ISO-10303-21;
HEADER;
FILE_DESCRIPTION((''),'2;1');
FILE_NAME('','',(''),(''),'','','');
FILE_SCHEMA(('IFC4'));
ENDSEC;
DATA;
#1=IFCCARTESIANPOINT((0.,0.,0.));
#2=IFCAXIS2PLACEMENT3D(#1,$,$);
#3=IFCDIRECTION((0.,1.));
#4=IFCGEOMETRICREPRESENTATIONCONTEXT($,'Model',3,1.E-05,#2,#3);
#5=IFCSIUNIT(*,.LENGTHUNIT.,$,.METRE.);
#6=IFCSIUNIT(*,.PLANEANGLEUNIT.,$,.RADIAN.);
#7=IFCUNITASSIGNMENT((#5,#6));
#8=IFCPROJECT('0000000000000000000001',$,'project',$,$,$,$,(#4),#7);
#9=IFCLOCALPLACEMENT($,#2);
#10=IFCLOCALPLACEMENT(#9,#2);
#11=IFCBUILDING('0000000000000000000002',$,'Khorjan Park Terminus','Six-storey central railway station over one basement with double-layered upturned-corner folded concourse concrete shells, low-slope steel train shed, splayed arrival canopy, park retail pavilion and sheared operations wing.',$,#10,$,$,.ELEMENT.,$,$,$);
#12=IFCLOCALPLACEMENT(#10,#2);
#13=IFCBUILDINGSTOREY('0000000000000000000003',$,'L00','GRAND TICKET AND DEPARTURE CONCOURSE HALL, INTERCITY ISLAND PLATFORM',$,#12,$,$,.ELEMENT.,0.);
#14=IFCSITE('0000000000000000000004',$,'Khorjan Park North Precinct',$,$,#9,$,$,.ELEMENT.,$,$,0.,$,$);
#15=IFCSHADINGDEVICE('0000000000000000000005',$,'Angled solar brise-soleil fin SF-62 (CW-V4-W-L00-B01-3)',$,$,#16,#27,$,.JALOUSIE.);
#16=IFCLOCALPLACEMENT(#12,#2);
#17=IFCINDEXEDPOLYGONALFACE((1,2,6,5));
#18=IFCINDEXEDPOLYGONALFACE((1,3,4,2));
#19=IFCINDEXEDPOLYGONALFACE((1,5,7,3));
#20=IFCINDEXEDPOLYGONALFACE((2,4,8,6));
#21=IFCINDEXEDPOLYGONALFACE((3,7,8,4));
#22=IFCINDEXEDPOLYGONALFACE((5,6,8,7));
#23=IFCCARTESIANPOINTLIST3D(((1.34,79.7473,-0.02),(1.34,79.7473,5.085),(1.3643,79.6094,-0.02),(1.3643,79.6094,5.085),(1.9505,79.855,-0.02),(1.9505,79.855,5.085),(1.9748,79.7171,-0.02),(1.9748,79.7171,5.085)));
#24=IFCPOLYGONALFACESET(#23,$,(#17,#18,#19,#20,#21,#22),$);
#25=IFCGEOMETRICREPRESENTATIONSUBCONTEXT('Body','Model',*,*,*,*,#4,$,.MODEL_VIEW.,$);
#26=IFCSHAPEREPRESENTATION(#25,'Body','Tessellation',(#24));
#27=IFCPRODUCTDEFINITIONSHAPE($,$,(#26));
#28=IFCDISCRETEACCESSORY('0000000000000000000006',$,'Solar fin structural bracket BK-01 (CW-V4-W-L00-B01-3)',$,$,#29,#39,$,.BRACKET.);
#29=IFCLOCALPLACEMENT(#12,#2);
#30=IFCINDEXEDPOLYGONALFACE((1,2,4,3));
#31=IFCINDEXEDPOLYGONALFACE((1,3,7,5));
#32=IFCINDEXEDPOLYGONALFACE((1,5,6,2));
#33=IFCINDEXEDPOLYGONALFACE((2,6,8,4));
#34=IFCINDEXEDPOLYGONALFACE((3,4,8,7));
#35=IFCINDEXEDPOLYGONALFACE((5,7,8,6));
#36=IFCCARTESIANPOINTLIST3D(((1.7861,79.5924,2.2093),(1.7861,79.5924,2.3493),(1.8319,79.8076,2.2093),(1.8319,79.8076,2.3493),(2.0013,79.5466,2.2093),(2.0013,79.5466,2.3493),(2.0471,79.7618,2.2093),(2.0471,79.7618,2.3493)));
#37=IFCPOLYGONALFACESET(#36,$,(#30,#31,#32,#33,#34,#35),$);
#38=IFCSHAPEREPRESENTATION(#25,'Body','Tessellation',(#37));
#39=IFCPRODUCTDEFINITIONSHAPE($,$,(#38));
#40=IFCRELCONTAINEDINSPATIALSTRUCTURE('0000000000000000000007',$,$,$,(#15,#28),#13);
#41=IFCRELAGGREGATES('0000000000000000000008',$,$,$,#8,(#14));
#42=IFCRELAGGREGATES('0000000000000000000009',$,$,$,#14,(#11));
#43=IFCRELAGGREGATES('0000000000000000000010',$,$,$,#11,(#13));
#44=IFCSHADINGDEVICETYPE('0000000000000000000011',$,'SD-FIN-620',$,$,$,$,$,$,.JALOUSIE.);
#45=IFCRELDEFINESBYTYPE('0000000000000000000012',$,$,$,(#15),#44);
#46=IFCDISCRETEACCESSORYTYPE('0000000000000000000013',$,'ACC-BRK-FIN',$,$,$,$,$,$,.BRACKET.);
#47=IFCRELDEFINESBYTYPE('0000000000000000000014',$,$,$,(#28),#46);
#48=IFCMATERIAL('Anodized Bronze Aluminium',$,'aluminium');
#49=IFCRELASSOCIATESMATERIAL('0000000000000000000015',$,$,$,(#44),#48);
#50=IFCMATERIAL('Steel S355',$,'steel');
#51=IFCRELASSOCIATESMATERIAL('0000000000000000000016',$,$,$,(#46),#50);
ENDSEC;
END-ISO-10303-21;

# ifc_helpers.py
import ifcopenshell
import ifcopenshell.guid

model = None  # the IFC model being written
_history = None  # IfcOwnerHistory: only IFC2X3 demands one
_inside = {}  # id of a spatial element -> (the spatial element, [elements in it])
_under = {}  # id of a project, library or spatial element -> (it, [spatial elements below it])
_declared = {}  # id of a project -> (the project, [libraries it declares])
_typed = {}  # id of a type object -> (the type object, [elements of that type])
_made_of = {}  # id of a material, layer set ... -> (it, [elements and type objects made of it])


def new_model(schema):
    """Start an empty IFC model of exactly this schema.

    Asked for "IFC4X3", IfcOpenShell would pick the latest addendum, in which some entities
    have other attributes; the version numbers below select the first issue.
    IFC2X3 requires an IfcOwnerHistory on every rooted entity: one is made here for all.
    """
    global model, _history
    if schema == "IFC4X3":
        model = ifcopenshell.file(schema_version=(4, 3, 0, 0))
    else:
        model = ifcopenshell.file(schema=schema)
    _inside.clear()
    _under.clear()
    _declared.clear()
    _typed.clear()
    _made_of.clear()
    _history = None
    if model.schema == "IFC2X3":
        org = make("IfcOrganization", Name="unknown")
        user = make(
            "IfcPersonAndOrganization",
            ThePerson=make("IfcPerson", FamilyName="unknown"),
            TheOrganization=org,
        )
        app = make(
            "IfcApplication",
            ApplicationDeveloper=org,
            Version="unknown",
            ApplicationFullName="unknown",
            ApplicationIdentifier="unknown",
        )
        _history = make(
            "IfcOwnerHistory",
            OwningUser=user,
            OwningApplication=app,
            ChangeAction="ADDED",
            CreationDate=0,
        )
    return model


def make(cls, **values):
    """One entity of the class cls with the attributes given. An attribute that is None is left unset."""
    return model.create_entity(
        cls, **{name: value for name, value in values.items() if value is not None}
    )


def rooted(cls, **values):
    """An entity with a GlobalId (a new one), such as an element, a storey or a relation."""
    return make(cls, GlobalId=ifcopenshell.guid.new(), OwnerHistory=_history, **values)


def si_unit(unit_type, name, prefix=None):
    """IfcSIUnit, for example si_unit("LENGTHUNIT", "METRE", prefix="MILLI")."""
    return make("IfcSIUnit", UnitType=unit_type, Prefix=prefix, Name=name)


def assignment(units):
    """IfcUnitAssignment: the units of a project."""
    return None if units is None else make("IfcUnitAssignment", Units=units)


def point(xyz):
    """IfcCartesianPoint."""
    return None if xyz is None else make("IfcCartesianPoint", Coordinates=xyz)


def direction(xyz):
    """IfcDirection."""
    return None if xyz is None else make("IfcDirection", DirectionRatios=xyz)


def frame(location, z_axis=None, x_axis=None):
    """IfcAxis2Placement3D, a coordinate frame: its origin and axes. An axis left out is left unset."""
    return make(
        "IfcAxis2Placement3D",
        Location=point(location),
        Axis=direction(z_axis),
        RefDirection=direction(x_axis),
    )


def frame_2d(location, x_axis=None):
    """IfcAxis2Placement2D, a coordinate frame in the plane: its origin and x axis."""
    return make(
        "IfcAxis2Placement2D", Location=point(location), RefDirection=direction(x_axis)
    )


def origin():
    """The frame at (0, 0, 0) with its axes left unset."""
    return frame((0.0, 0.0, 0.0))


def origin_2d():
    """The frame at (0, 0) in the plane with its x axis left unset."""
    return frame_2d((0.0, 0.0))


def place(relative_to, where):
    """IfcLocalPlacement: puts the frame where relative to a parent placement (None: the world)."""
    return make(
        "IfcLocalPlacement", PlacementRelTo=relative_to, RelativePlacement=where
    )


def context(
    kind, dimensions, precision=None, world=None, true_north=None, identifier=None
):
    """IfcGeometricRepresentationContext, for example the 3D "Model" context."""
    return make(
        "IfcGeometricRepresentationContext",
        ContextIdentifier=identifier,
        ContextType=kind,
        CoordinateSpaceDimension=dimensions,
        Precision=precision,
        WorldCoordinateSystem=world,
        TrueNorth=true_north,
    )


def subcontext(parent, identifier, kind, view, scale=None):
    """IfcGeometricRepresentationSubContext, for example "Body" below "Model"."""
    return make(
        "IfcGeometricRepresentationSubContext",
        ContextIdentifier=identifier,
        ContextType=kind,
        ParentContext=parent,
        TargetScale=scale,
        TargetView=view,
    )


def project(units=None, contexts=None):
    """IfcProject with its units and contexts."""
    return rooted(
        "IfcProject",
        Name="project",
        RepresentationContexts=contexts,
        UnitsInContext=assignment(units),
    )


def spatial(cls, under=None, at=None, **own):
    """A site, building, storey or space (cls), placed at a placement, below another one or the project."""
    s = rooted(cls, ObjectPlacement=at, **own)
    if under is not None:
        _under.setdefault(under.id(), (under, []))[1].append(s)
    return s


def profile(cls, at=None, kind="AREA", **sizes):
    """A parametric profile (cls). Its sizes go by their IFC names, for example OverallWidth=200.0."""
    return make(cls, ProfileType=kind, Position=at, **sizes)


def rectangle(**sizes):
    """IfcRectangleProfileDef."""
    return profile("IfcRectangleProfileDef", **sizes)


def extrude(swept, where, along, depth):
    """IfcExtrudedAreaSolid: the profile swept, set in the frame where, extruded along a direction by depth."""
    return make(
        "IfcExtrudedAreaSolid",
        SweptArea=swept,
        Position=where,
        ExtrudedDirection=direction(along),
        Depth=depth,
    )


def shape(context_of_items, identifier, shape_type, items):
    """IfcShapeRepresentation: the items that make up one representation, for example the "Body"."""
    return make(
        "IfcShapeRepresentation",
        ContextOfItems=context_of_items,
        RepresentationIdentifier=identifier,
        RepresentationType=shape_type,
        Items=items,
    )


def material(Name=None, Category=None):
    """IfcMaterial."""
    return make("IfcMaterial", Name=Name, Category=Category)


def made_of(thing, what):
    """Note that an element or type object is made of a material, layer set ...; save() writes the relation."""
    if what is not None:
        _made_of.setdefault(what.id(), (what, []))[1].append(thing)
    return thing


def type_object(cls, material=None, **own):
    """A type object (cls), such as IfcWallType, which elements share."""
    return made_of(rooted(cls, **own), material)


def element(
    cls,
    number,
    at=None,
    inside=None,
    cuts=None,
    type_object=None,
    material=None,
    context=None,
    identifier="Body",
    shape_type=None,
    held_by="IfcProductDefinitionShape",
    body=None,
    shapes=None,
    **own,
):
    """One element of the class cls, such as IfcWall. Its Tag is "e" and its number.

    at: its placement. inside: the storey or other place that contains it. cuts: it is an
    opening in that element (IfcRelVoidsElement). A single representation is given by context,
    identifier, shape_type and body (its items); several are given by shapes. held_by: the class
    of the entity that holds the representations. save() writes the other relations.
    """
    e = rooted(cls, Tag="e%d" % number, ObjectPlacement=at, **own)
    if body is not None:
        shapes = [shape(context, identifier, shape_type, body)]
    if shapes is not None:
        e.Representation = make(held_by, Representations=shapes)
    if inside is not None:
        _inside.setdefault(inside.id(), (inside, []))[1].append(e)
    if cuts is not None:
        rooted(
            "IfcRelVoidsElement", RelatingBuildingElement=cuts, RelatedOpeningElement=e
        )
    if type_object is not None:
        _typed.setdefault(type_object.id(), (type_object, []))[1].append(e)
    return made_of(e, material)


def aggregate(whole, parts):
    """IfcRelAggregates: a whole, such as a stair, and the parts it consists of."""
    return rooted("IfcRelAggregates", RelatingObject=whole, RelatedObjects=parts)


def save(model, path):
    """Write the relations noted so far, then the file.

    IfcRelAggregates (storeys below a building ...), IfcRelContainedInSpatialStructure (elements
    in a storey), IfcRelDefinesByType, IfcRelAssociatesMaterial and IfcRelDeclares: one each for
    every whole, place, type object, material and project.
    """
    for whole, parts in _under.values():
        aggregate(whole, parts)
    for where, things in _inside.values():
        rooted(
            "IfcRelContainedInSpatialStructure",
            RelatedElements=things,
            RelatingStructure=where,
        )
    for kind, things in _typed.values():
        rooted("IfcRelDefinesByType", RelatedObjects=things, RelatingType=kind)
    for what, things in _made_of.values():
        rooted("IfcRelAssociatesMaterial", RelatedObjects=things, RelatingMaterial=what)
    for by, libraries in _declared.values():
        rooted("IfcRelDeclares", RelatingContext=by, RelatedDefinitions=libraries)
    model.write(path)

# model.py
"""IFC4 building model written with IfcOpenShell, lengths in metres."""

from ifc_helpers import new_model, si_unit, direction, frame, origin, origin_2d, place, context, subcontext, project, spatial, rectangle, extrude, material, type_object, element, save


model = new_model("IFC4")

# Units and contexts
model_context = context("Model", 3, precision=1e-05, world=origin(), true_north=direction((0.0, 1.0)))
body_context = subcontext(model_context, "Body", "Model", "MODEL_VIEW")
ifc_project = project(units=[si_unit("LENGTHUNIT", "METRE"), si_unit("PLANEANGLEUNIT", "RADIAN")], contexts=[model_context])

# Site, building, storey
site_placement = place(None, origin())
site = spatial("IfcSite", under=ifc_project, at=site_placement, Name="Khorjan Park North Precinct", CompositionType="ELEMENT", RefElevation=0.0)
building_placement = place(site_placement, origin())
building = spatial("IfcBuilding", under=site, at=building_placement, Name="Khorjan Park Terminus", Description="Six-storey central railway station over one basement with double-layered upturned-corner folded concourse concrete shells, low-slope steel train shed, splayed arrival canopy, park retail pavilion and sheared operations wing.", CompositionType="ELEMENT")
storey_placement = place(building_placement, origin())
storey = spatial("IfcBuildingStorey", under=building, at=storey_placement, Name="L00", Description="GRAND TICKET AND DEPARTURE CONCOURSE HALL, INTERCITY ISLAND PLATFORM", CompositionType="ELEMENT", Elevation=0.0)

# Shared definitions
ifc_material_1 = material(Name="Steel S355", Category="steel")

# Shared definitions
ifc_material_2 = material(Name="Anodized Bronze Aluminium", Category="aluminium")

# Shading device
shading_device_type = type_object("IfcShadingDeviceType", Name="SD-FIN-620", PredefinedType="JALOUSIE", material=ifc_material_2)
shading_device_placement = place(storey_placement, frame((1.6574, 79.7322, -0.02), z_axis=(0.0, 0.0, 1.0), x_axis=(0.984808, 0.173648, 0.0)))
element("IfcShadingDevice", 1, at=shading_device_placement, inside=storey, type_object=shading_device_type, Name="Angled solar brise-soleil fin SF-62 (CW-V4-W-L00-B01-3)", PredefinedType="JALOUSIE", context=body_context, shape_type="SweptSolid", body=[
    extrude(rectangle(XDim=0.62, YDim=0.14, at=origin_2d()), origin(), (0.0, 0.0, 1.0), 5.105),
])

# Discrete accessory
discrete_accessory_type = type_object("IfcDiscreteAccessoryType", Name="ACC-BRK-FIN", PredefinedType="BRACKET", material=ifc_material_1)
discrete_accessory_placement = place(storey_placement, frame((1.9166, 79.6771, 2.2093), z_axis=(0.0, 0.0, 1.0), x_axis=(-0.207917, -0.978147, 0.0)))
element("IfcDiscreteAccessory", 2, at=discrete_accessory_placement, inside=storey, type_object=discrete_accessory_type, Name="Solar fin structural bracket BK-01 (CW-V4-W-L00-B01-3)", PredefinedType="BRACKET", context=body_context, shape_type="SweptSolid", body=[
    extrude(rectangle(XDim=0.22, YDim=0.22, at=origin_2d()), origin(), (0.0, 0.0, 1.0), 0.14),
])

save(model, "model.ifc")
